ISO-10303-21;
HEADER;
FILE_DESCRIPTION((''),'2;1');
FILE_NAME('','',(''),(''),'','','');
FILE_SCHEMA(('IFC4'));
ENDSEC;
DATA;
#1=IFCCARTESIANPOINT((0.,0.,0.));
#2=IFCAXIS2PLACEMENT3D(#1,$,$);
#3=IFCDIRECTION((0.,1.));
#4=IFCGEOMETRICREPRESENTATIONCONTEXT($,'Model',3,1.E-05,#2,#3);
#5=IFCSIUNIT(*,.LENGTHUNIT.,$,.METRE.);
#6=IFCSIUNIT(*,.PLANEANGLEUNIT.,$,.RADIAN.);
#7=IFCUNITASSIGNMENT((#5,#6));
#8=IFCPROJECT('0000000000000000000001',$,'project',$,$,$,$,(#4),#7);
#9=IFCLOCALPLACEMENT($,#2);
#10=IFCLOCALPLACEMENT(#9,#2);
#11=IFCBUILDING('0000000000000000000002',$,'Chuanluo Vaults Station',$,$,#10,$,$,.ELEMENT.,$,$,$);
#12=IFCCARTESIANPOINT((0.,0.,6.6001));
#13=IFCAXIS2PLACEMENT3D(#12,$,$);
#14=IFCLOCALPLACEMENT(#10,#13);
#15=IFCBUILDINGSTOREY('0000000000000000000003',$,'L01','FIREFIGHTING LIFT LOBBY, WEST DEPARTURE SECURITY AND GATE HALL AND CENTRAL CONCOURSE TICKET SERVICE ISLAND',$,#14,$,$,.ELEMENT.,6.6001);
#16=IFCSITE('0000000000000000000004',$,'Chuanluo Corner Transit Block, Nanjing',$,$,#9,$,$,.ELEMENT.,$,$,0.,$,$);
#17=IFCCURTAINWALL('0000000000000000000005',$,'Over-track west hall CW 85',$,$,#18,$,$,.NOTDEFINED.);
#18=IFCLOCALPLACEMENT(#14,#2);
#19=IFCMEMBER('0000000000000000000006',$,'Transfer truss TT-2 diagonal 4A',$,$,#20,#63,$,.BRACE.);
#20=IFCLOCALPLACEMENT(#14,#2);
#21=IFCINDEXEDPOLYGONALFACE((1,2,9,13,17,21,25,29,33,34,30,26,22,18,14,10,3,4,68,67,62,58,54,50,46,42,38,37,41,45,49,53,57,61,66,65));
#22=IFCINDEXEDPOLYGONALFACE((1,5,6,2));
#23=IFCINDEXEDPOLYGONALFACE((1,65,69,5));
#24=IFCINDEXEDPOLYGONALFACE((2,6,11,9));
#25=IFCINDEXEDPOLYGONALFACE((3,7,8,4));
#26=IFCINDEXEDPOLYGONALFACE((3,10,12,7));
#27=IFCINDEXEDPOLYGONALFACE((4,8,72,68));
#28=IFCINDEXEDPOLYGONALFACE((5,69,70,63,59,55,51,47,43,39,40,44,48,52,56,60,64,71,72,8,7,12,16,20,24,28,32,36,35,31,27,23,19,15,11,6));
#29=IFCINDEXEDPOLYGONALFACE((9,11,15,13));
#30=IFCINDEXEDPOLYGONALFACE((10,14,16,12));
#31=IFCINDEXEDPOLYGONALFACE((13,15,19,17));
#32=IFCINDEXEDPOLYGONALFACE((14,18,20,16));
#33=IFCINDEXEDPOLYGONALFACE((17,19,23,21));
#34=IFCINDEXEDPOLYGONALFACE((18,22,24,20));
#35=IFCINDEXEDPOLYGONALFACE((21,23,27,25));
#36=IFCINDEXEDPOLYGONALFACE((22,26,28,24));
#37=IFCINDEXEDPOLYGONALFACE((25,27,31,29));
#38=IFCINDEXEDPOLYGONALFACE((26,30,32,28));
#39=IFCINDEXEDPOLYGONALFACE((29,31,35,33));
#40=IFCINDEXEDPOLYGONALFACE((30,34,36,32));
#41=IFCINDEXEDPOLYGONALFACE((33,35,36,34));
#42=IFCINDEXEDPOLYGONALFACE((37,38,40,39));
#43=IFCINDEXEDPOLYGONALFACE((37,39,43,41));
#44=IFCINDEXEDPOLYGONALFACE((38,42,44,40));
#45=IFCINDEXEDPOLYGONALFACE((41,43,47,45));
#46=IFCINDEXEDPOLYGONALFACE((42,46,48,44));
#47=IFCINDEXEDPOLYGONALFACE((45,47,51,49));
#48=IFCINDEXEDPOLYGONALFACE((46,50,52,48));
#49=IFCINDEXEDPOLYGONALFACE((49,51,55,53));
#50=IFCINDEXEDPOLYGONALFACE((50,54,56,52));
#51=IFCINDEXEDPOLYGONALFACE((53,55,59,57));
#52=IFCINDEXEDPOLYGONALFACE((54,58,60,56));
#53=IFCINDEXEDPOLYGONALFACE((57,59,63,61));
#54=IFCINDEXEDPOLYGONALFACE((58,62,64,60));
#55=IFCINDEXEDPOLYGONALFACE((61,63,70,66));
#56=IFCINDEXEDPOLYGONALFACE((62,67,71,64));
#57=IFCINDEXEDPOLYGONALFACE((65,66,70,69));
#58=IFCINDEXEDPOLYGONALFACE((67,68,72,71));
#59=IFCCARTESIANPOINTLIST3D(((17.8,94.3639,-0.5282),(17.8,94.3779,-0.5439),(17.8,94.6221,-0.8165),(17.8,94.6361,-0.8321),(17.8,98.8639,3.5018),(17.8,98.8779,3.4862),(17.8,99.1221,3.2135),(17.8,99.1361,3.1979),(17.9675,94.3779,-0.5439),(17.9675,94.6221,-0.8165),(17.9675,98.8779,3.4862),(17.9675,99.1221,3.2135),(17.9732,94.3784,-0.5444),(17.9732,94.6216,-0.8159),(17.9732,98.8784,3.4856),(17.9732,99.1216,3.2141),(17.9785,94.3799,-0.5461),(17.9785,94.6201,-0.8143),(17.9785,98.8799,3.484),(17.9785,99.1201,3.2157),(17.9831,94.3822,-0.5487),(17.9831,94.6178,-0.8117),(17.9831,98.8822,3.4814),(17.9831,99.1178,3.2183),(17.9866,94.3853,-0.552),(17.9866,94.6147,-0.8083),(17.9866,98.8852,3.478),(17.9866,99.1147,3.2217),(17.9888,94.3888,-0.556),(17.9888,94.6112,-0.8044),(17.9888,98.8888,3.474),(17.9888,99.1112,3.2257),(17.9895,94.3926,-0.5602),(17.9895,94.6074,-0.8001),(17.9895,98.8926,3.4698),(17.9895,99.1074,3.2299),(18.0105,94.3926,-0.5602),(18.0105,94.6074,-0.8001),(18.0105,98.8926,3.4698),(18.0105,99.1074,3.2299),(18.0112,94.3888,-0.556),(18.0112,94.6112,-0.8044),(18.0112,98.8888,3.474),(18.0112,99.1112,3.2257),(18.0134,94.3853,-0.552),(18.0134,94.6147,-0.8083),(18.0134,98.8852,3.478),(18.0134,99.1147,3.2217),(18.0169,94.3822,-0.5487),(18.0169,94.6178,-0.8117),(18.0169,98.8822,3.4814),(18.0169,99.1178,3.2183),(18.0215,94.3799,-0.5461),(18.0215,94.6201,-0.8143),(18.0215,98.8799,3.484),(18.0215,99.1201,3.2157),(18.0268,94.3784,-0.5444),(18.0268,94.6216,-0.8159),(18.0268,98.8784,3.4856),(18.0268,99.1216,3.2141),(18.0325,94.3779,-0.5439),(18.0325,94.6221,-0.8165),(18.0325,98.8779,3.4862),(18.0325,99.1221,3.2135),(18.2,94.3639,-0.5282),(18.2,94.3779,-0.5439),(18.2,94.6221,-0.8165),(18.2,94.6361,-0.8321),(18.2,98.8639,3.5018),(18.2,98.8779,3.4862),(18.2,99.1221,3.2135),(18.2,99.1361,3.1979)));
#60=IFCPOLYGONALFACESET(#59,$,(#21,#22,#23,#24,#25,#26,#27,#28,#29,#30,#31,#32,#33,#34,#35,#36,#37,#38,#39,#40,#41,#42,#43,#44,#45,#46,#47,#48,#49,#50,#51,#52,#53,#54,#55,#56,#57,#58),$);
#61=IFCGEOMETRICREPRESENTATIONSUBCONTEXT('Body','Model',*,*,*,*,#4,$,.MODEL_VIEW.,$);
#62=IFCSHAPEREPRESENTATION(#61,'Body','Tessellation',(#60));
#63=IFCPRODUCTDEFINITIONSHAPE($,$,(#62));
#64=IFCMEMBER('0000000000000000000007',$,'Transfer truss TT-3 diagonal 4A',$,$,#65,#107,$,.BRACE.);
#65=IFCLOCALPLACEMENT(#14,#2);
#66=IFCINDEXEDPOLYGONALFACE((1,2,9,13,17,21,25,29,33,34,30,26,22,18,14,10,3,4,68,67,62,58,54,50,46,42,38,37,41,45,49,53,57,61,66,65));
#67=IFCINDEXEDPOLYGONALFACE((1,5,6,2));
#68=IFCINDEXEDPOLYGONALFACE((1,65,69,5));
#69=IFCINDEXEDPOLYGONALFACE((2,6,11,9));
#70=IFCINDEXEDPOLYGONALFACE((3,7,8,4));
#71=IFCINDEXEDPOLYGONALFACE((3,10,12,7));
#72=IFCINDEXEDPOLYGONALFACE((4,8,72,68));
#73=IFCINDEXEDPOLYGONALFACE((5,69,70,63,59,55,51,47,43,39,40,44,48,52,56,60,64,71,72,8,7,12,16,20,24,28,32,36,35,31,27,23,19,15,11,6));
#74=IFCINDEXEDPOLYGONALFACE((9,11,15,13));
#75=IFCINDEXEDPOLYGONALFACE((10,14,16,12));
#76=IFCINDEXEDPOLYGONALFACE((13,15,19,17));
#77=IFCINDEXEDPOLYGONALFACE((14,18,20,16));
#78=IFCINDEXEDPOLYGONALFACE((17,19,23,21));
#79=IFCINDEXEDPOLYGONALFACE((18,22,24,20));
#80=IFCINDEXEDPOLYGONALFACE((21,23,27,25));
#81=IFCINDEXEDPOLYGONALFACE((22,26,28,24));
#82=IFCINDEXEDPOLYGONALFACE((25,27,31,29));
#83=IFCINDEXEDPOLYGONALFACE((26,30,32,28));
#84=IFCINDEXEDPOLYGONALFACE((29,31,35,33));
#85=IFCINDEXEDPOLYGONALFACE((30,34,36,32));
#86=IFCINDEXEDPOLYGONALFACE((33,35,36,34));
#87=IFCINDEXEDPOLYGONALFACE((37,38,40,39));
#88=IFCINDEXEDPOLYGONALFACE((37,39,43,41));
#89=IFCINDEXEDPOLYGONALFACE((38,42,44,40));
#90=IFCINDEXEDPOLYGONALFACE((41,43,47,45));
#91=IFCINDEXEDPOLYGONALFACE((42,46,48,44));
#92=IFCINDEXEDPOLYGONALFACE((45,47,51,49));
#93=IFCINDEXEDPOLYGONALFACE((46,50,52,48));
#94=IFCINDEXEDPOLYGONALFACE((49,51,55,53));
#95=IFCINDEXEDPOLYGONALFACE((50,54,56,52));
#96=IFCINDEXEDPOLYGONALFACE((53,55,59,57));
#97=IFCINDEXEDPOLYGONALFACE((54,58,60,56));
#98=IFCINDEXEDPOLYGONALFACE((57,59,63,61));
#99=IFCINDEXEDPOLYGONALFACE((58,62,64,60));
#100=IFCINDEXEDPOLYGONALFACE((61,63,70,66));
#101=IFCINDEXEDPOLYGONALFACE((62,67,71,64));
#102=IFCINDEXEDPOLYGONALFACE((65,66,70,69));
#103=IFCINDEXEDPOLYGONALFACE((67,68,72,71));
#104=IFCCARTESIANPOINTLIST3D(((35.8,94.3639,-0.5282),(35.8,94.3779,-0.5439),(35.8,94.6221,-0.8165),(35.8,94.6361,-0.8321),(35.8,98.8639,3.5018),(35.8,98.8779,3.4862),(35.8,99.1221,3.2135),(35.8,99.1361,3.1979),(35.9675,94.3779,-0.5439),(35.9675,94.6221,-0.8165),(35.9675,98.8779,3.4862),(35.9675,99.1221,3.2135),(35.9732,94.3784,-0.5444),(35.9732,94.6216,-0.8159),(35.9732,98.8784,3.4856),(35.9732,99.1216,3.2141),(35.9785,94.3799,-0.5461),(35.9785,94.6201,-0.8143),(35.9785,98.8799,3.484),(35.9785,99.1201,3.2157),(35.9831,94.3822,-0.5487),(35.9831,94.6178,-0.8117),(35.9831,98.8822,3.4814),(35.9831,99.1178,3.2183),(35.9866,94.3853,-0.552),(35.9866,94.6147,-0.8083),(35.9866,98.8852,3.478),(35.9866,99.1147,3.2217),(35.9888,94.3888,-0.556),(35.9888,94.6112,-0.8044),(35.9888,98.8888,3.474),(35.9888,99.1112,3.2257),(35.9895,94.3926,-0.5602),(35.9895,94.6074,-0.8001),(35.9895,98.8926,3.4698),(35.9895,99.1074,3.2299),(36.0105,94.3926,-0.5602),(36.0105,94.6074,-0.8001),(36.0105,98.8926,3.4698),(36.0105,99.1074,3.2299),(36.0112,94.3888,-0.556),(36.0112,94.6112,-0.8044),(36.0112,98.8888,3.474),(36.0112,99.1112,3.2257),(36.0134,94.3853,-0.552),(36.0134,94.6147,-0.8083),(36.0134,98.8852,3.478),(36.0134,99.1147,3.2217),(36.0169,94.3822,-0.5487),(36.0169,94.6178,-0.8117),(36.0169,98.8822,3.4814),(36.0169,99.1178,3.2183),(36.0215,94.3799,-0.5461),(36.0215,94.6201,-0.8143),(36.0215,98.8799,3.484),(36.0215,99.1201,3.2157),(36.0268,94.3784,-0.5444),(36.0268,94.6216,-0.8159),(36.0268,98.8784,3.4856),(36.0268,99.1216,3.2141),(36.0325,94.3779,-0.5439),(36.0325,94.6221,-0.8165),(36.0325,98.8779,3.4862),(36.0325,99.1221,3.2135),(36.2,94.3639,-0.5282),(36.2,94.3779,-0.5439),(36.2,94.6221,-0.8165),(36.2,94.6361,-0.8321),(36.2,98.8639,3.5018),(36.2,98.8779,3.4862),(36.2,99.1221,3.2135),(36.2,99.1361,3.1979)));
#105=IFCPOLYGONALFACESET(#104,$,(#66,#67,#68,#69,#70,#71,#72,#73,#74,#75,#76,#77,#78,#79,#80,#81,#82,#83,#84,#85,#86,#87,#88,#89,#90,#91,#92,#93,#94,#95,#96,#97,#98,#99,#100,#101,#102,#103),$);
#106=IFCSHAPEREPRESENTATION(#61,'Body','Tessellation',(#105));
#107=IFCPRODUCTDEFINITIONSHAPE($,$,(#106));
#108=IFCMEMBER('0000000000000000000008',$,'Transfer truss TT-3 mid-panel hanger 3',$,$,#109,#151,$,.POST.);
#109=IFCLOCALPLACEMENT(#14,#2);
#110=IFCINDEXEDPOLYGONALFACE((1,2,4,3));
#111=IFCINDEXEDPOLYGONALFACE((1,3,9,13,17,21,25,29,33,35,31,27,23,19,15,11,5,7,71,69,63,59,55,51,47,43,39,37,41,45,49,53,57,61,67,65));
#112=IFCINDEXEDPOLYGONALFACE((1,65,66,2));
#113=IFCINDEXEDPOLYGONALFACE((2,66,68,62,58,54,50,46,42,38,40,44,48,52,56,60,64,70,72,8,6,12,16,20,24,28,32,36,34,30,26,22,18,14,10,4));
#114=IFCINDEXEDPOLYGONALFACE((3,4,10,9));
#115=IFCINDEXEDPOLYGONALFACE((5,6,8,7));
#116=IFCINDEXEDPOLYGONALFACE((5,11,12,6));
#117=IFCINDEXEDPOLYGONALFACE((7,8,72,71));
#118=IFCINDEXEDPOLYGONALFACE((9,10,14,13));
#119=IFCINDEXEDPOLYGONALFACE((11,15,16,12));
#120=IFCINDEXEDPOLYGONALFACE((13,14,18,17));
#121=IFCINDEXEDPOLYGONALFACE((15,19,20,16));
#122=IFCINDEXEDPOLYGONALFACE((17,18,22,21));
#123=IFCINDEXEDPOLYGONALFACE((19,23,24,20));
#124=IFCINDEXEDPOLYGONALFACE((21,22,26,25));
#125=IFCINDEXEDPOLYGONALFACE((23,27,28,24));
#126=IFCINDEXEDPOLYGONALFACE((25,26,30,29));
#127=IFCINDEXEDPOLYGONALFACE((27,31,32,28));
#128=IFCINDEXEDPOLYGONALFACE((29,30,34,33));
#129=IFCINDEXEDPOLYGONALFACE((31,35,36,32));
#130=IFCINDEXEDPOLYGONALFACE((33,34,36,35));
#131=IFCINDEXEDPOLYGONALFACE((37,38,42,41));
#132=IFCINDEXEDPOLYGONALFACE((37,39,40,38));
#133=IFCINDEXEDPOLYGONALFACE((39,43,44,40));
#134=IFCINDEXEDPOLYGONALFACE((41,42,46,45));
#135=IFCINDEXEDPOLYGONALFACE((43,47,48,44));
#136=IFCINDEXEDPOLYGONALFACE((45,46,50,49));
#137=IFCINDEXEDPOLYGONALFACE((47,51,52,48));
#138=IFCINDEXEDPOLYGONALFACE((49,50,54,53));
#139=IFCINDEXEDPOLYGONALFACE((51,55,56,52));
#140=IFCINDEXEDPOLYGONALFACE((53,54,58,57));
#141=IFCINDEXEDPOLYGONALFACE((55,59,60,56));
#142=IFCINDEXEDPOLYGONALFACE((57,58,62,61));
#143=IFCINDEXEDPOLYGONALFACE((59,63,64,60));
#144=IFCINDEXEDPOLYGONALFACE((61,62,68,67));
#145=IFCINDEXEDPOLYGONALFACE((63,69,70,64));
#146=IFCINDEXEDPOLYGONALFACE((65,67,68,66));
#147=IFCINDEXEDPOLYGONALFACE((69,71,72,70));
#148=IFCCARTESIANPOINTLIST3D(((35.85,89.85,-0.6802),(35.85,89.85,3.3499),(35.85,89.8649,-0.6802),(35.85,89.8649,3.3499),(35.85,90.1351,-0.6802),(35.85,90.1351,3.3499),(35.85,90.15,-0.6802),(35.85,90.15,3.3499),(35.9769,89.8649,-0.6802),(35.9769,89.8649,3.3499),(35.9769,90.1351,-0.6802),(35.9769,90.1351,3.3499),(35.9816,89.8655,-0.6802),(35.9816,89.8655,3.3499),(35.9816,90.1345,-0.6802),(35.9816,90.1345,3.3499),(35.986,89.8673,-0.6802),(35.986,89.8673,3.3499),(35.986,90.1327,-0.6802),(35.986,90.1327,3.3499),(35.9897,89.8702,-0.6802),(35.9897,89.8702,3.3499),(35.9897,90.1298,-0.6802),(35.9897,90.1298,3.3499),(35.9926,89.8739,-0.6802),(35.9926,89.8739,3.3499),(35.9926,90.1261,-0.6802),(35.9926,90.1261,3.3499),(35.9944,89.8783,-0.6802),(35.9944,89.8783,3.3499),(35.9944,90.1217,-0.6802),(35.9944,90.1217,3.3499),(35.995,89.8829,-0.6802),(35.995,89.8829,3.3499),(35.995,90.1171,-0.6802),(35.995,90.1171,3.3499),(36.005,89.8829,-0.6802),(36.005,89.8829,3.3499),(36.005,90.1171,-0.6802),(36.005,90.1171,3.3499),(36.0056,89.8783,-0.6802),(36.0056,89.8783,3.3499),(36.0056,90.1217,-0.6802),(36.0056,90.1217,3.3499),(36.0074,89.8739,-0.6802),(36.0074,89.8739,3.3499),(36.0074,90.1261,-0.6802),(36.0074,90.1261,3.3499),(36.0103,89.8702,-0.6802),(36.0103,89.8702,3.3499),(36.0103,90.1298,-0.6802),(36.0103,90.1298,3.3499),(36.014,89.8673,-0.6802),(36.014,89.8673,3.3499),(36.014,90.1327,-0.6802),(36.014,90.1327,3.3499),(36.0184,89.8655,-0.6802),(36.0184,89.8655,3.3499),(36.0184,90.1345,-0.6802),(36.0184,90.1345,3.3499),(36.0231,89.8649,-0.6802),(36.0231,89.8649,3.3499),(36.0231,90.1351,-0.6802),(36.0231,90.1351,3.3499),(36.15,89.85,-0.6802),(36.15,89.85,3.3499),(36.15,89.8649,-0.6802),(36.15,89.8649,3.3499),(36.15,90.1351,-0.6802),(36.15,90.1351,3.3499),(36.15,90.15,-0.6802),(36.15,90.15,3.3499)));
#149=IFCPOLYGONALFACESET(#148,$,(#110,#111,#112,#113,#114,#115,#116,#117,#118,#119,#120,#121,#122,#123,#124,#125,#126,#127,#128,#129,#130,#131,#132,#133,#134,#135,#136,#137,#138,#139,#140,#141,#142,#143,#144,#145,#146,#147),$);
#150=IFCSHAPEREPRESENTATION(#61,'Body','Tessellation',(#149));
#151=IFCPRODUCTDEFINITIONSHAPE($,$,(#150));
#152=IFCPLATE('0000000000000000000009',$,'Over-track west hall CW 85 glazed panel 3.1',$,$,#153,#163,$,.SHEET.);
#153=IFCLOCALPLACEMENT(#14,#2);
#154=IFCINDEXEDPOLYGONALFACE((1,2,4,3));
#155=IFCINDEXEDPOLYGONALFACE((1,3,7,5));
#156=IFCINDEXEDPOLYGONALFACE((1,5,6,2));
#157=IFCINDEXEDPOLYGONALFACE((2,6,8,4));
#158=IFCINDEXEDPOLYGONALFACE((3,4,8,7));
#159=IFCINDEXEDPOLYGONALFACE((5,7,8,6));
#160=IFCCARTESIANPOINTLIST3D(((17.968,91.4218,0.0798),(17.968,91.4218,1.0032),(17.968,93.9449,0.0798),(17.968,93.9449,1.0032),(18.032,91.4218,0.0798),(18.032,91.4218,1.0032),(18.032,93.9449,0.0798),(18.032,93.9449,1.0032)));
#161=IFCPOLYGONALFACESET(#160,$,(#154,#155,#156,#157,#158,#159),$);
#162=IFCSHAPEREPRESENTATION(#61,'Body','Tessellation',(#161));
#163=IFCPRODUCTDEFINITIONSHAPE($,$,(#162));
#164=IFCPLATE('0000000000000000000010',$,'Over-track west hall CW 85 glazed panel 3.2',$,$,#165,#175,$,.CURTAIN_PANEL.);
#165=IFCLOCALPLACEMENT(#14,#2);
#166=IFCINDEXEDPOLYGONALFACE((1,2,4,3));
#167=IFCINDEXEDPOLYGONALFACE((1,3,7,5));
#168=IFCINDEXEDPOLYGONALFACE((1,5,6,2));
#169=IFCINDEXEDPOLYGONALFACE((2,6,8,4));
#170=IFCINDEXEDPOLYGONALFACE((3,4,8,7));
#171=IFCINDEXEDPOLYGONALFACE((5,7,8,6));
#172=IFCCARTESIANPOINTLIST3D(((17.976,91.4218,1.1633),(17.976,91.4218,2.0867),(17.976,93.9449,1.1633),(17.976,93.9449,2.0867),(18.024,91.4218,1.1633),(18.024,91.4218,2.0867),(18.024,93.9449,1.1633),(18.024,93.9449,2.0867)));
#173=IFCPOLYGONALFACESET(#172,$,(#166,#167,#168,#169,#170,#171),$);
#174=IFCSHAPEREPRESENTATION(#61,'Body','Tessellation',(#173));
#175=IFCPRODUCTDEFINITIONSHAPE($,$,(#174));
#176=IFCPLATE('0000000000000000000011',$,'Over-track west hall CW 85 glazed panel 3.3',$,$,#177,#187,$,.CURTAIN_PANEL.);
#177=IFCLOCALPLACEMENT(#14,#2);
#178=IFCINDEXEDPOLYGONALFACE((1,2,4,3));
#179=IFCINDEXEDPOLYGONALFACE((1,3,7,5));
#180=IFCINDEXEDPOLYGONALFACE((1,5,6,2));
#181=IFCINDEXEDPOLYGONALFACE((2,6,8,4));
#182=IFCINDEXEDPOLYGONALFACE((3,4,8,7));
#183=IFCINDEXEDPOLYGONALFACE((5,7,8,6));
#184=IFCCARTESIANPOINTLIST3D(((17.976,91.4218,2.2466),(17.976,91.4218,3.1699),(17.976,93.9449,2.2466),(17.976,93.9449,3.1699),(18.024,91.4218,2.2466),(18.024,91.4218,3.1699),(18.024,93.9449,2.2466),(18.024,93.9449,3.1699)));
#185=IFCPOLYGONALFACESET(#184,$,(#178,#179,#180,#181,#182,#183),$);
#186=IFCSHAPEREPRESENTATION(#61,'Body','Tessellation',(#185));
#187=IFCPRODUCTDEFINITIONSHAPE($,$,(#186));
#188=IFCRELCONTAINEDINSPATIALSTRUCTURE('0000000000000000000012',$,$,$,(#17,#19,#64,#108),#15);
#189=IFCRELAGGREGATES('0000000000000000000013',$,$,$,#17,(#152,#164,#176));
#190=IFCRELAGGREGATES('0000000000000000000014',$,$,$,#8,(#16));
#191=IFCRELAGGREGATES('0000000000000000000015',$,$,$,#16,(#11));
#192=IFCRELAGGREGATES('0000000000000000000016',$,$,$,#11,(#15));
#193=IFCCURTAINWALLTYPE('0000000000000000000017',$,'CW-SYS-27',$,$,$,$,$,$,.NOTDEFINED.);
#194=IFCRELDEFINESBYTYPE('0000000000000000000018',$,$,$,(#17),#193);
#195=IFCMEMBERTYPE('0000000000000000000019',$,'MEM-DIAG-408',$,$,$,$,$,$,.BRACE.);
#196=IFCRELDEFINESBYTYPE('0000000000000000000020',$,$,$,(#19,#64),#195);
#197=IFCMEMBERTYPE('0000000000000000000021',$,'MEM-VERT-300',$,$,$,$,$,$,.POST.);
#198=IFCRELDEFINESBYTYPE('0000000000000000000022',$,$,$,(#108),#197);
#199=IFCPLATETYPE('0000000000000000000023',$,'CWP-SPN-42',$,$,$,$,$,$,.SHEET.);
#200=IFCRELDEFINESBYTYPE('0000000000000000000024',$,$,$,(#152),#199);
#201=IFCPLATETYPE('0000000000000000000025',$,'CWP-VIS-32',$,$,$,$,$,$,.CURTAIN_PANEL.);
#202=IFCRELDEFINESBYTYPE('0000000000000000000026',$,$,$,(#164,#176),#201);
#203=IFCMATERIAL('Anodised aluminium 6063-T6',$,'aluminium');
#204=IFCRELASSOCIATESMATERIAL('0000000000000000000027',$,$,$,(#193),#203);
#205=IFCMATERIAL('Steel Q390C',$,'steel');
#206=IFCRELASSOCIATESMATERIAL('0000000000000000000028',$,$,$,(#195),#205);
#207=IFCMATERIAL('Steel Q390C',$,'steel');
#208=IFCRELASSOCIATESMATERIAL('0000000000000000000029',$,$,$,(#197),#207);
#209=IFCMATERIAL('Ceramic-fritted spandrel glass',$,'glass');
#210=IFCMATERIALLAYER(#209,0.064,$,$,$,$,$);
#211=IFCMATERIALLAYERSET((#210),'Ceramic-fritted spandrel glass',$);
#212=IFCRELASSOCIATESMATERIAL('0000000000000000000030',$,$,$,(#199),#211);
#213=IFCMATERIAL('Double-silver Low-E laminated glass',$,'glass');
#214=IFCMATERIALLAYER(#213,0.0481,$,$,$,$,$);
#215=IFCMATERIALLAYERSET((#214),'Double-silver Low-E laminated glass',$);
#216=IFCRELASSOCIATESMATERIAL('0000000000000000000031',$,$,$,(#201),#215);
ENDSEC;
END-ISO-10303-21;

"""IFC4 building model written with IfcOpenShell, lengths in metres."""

from ifc_helpers import new_model, si_unit, direction, frame, origin, origin_2d, place, context, subcontext, project, spatial, rectangle, i_section, extrude, material, layer, layer_set, material_profile, profile_set, type_object, element, aggregate, save


model = new_model("IFC4")

# Units and contexts
model_context = context("Model", 3, precision=1e-05, world=origin(), true_north=direction((0.0, 1.0)))
body_context = subcontext(model_context, "Body", "Model", "MODEL_VIEW")
ifc_project = project(units=[si_unit("LENGTHUNIT", "METRE"), si_unit("PLANEANGLEUNIT", "RADIAN")], contexts=[model_context])

# Site, building, storey
site_placement = place(None, origin())
site = spatial("IfcSite", under=ifc_project, at=site_placement, Name="Chuanluo Corner Transit Block, Nanjing", CompositionType="ELEMENT", RefElevation=0.0)
building_placement = place(site_placement, origin())
building = spatial("IfcBuilding", under=site, at=building_placement, Name="Chuanluo Vaults Station", CompositionType="ELEMENT")
storey_placement = place(building_placement, frame((0.0, 0.0, 6.6001)))
storey = spatial("IfcBuildingStorey", under=building, at=storey_placement, Name="L01", Description="FIREFIGHTING LIFT LOBBY, WEST DEPARTURE SECURITY AND GATE HALL AND CENTRAL CONCOURSE TICKET SERVICE ISLAND", CompositionType="ELEMENT", Elevation=6.6001)

# Curtain wall
ifc_material_1 = material(Name="Anodised aluminium 6063-T6", Category="aluminium")
curtain_wall_type = type_object("IfcCurtainWallType", Name="CW-SYS-27", PredefinedType="NOTDEFINED", material=ifc_material_1)
curtain_wall_placement = place(storey_placement, origin())
curtain_wall = element("IfcCurtainWall", 1, at=curtain_wall_placement, inside=storey, type_object=curtain_wall_type, Name="Over-track west hall CW 85", PredefinedType="NOTDEFINED")

# Members
ifc_material_2 = material(Name="Steel Q390C", Category="steel")
ifc_material_profile_1 = material_profile(ifc_material_2, i_section(OverallWidth=0.3999, OverallDepth=0.408, WebThickness=0.021, FlangeThickness=0.021, FilletRadius=0.022, at=origin_2d()))
ifc_profile_set_1 = profile_set([ifc_material_profile_1], Name="Steel Q390C")
member_type_1 = type_object("IfcMemberType", Name="MEM-DIAG-408", PredefinedType="BRACE", material=ifc_profile_set_1)
for number, where, z_axis, x_axis, name in (
    (2, (18.0, 94.5, -0.6802), (0.0, 0.744936, 0.667136), (-1.0, 0.0, 0.0), "Transfer truss TT-2 diagonal 4A"),
    (3, (36.0, 94.5, -0.6802), (0.0, 0.744936, 0.667136), (-1.0, 0.0, 0.0), "Transfer truss TT-3 diagonal 4A"),
):
    element("IfcMember", number, at=place(storey_placement, frame(where, z_axis=z_axis, x_axis=x_axis)), inside=storey, type_object=member_type_1, Name=name, PredefinedType="BRACE", context=body_context, shape_type="SweptSolid", body=[
        extrude(i_section(OverallWidth=0.3999, OverallDepth=0.408, WebThickness=0.021, FlangeThickness=0.021, FilletRadius=0.022, at=origin_2d()), origin(), (0.0, 0.0, 1.0), 6.0408),
    ])
ifc_material_3 = material(Name="Steel Q390C", Category="steel")
ifc_material_profile_2 = material_profile(ifc_material_3, i_section(OverallWidth=0.3, OverallDepth=0.3, WebThickness=0.01, FlangeThickness=0.0149, FilletRadius=0.0181, at=origin_2d()))
ifc_profile_set_2 = profile_set([ifc_material_profile_2], Name="Steel Q390C")
member_type_2 = type_object("IfcMemberType", Name="MEM-VERT-300", PredefinedType="POST", material=ifc_profile_set_2)
member_1_placement = place(storey_placement, frame((36.0, 90.0, -0.6802), z_axis=(0.0, 0.0, 1.0), x_axis=(1.0, 0.0, 0.0)))
element("IfcMember", 4, at=member_1_placement, inside=storey, type_object=member_type_2, Name="Transfer truss TT-3 mid-panel hanger 3", PredefinedType="POST", context=body_context, shape_type="SweptSolid", body=[
    extrude(i_section(OverallWidth=0.3, OverallDepth=0.3, WebThickness=0.01, FlangeThickness=0.0149, FilletRadius=0.0181, at=origin_2d()), origin(), (0.0, 0.0, 1.0), 4.03),
])

# Plates
ifc_material_4 = material(Name="Ceramic-fritted spandrel glass", Category="glass")
ifc_layer_1 = layer(ifc_material_4, 0.064)
ifc_layer_set_1 = layer_set([ifc_layer_1], Name="Ceramic-fritted spandrel glass")
plate_type_1 = type_object("IfcPlateType", Name="CWP-SPN-42", PredefinedType="SHEET", material=ifc_layer_set_1)
plate_1_placement = place(storey_placement, frame((18.0, 92.6833, 0.0798), z_axis=(0.0, 0.0, 1.0), x_axis=(0.0, 1.0, 0.0)))
plate_1 = element("IfcPlate", 5, at=plate_1_placement, type_object=plate_type_1, Name="Over-track west hall CW 85 glazed panel 3.1", PredefinedType="SHEET", context=body_context, shape_type="SweptSolid", body=[
    extrude(rectangle(XDim=2.5232, YDim=0.064, at=origin_2d()), origin(), (0.0, 0.0, 1.0), 0.9233),
])
ifc_material_5 = material(Name="Double-silver Low-E laminated glass", Category="glass")
ifc_layer_2 = layer(ifc_material_5, 0.0481)
ifc_layer_set_2 = layer_set([ifc_layer_2], Name="Double-silver Low-E laminated glass")
plate_type_2 = type_object("IfcPlateType", Name="CWP-VIS-32", PredefinedType="CURTAIN_PANEL", material=ifc_layer_set_2)
plate_2_placement = place(storey_placement, frame((18.0, 92.6833, 1.1633), z_axis=(0.0, 0.0, 1.0), x_axis=(0.0, 1.0, 0.0)))
plate_2 = element("IfcPlate", 6, at=plate_2_placement, type_object=plate_type_2, Name="Over-track west hall CW 85 glazed panel 3.2", PredefinedType="CURTAIN_PANEL", context=body_context, shape_type="SweptSolid", body=[
    extrude(rectangle(XDim=2.5232, YDim=0.0481, at=origin_2d()), origin(), (0.0, 0.0, 1.0), 0.9233),
])
plate_3_placement = place(storey_placement, frame((18.0, 92.6833, 2.2466), z_axis=(0.0, 0.0, 1.0), x_axis=(0.0, 1.0, 0.0)))
plate_3 = element("IfcPlate", 7, at=plate_3_placement, type_object=plate_type_2, Name="Over-track west hall CW 85 glazed panel 3.3", PredefinedType="CURTAIN_PANEL", context=body_context, shape_type="SweptSolid", body=[
    extrude(rectangle(XDim=2.5232, YDim=0.0481, at=origin_2d()), origin(), (0.0, 0.0, 1.0), 0.9233),
])
aggregate(curtain_wall, [plate_1, plate_2, plate_3])

save(model, "model.ifc")
